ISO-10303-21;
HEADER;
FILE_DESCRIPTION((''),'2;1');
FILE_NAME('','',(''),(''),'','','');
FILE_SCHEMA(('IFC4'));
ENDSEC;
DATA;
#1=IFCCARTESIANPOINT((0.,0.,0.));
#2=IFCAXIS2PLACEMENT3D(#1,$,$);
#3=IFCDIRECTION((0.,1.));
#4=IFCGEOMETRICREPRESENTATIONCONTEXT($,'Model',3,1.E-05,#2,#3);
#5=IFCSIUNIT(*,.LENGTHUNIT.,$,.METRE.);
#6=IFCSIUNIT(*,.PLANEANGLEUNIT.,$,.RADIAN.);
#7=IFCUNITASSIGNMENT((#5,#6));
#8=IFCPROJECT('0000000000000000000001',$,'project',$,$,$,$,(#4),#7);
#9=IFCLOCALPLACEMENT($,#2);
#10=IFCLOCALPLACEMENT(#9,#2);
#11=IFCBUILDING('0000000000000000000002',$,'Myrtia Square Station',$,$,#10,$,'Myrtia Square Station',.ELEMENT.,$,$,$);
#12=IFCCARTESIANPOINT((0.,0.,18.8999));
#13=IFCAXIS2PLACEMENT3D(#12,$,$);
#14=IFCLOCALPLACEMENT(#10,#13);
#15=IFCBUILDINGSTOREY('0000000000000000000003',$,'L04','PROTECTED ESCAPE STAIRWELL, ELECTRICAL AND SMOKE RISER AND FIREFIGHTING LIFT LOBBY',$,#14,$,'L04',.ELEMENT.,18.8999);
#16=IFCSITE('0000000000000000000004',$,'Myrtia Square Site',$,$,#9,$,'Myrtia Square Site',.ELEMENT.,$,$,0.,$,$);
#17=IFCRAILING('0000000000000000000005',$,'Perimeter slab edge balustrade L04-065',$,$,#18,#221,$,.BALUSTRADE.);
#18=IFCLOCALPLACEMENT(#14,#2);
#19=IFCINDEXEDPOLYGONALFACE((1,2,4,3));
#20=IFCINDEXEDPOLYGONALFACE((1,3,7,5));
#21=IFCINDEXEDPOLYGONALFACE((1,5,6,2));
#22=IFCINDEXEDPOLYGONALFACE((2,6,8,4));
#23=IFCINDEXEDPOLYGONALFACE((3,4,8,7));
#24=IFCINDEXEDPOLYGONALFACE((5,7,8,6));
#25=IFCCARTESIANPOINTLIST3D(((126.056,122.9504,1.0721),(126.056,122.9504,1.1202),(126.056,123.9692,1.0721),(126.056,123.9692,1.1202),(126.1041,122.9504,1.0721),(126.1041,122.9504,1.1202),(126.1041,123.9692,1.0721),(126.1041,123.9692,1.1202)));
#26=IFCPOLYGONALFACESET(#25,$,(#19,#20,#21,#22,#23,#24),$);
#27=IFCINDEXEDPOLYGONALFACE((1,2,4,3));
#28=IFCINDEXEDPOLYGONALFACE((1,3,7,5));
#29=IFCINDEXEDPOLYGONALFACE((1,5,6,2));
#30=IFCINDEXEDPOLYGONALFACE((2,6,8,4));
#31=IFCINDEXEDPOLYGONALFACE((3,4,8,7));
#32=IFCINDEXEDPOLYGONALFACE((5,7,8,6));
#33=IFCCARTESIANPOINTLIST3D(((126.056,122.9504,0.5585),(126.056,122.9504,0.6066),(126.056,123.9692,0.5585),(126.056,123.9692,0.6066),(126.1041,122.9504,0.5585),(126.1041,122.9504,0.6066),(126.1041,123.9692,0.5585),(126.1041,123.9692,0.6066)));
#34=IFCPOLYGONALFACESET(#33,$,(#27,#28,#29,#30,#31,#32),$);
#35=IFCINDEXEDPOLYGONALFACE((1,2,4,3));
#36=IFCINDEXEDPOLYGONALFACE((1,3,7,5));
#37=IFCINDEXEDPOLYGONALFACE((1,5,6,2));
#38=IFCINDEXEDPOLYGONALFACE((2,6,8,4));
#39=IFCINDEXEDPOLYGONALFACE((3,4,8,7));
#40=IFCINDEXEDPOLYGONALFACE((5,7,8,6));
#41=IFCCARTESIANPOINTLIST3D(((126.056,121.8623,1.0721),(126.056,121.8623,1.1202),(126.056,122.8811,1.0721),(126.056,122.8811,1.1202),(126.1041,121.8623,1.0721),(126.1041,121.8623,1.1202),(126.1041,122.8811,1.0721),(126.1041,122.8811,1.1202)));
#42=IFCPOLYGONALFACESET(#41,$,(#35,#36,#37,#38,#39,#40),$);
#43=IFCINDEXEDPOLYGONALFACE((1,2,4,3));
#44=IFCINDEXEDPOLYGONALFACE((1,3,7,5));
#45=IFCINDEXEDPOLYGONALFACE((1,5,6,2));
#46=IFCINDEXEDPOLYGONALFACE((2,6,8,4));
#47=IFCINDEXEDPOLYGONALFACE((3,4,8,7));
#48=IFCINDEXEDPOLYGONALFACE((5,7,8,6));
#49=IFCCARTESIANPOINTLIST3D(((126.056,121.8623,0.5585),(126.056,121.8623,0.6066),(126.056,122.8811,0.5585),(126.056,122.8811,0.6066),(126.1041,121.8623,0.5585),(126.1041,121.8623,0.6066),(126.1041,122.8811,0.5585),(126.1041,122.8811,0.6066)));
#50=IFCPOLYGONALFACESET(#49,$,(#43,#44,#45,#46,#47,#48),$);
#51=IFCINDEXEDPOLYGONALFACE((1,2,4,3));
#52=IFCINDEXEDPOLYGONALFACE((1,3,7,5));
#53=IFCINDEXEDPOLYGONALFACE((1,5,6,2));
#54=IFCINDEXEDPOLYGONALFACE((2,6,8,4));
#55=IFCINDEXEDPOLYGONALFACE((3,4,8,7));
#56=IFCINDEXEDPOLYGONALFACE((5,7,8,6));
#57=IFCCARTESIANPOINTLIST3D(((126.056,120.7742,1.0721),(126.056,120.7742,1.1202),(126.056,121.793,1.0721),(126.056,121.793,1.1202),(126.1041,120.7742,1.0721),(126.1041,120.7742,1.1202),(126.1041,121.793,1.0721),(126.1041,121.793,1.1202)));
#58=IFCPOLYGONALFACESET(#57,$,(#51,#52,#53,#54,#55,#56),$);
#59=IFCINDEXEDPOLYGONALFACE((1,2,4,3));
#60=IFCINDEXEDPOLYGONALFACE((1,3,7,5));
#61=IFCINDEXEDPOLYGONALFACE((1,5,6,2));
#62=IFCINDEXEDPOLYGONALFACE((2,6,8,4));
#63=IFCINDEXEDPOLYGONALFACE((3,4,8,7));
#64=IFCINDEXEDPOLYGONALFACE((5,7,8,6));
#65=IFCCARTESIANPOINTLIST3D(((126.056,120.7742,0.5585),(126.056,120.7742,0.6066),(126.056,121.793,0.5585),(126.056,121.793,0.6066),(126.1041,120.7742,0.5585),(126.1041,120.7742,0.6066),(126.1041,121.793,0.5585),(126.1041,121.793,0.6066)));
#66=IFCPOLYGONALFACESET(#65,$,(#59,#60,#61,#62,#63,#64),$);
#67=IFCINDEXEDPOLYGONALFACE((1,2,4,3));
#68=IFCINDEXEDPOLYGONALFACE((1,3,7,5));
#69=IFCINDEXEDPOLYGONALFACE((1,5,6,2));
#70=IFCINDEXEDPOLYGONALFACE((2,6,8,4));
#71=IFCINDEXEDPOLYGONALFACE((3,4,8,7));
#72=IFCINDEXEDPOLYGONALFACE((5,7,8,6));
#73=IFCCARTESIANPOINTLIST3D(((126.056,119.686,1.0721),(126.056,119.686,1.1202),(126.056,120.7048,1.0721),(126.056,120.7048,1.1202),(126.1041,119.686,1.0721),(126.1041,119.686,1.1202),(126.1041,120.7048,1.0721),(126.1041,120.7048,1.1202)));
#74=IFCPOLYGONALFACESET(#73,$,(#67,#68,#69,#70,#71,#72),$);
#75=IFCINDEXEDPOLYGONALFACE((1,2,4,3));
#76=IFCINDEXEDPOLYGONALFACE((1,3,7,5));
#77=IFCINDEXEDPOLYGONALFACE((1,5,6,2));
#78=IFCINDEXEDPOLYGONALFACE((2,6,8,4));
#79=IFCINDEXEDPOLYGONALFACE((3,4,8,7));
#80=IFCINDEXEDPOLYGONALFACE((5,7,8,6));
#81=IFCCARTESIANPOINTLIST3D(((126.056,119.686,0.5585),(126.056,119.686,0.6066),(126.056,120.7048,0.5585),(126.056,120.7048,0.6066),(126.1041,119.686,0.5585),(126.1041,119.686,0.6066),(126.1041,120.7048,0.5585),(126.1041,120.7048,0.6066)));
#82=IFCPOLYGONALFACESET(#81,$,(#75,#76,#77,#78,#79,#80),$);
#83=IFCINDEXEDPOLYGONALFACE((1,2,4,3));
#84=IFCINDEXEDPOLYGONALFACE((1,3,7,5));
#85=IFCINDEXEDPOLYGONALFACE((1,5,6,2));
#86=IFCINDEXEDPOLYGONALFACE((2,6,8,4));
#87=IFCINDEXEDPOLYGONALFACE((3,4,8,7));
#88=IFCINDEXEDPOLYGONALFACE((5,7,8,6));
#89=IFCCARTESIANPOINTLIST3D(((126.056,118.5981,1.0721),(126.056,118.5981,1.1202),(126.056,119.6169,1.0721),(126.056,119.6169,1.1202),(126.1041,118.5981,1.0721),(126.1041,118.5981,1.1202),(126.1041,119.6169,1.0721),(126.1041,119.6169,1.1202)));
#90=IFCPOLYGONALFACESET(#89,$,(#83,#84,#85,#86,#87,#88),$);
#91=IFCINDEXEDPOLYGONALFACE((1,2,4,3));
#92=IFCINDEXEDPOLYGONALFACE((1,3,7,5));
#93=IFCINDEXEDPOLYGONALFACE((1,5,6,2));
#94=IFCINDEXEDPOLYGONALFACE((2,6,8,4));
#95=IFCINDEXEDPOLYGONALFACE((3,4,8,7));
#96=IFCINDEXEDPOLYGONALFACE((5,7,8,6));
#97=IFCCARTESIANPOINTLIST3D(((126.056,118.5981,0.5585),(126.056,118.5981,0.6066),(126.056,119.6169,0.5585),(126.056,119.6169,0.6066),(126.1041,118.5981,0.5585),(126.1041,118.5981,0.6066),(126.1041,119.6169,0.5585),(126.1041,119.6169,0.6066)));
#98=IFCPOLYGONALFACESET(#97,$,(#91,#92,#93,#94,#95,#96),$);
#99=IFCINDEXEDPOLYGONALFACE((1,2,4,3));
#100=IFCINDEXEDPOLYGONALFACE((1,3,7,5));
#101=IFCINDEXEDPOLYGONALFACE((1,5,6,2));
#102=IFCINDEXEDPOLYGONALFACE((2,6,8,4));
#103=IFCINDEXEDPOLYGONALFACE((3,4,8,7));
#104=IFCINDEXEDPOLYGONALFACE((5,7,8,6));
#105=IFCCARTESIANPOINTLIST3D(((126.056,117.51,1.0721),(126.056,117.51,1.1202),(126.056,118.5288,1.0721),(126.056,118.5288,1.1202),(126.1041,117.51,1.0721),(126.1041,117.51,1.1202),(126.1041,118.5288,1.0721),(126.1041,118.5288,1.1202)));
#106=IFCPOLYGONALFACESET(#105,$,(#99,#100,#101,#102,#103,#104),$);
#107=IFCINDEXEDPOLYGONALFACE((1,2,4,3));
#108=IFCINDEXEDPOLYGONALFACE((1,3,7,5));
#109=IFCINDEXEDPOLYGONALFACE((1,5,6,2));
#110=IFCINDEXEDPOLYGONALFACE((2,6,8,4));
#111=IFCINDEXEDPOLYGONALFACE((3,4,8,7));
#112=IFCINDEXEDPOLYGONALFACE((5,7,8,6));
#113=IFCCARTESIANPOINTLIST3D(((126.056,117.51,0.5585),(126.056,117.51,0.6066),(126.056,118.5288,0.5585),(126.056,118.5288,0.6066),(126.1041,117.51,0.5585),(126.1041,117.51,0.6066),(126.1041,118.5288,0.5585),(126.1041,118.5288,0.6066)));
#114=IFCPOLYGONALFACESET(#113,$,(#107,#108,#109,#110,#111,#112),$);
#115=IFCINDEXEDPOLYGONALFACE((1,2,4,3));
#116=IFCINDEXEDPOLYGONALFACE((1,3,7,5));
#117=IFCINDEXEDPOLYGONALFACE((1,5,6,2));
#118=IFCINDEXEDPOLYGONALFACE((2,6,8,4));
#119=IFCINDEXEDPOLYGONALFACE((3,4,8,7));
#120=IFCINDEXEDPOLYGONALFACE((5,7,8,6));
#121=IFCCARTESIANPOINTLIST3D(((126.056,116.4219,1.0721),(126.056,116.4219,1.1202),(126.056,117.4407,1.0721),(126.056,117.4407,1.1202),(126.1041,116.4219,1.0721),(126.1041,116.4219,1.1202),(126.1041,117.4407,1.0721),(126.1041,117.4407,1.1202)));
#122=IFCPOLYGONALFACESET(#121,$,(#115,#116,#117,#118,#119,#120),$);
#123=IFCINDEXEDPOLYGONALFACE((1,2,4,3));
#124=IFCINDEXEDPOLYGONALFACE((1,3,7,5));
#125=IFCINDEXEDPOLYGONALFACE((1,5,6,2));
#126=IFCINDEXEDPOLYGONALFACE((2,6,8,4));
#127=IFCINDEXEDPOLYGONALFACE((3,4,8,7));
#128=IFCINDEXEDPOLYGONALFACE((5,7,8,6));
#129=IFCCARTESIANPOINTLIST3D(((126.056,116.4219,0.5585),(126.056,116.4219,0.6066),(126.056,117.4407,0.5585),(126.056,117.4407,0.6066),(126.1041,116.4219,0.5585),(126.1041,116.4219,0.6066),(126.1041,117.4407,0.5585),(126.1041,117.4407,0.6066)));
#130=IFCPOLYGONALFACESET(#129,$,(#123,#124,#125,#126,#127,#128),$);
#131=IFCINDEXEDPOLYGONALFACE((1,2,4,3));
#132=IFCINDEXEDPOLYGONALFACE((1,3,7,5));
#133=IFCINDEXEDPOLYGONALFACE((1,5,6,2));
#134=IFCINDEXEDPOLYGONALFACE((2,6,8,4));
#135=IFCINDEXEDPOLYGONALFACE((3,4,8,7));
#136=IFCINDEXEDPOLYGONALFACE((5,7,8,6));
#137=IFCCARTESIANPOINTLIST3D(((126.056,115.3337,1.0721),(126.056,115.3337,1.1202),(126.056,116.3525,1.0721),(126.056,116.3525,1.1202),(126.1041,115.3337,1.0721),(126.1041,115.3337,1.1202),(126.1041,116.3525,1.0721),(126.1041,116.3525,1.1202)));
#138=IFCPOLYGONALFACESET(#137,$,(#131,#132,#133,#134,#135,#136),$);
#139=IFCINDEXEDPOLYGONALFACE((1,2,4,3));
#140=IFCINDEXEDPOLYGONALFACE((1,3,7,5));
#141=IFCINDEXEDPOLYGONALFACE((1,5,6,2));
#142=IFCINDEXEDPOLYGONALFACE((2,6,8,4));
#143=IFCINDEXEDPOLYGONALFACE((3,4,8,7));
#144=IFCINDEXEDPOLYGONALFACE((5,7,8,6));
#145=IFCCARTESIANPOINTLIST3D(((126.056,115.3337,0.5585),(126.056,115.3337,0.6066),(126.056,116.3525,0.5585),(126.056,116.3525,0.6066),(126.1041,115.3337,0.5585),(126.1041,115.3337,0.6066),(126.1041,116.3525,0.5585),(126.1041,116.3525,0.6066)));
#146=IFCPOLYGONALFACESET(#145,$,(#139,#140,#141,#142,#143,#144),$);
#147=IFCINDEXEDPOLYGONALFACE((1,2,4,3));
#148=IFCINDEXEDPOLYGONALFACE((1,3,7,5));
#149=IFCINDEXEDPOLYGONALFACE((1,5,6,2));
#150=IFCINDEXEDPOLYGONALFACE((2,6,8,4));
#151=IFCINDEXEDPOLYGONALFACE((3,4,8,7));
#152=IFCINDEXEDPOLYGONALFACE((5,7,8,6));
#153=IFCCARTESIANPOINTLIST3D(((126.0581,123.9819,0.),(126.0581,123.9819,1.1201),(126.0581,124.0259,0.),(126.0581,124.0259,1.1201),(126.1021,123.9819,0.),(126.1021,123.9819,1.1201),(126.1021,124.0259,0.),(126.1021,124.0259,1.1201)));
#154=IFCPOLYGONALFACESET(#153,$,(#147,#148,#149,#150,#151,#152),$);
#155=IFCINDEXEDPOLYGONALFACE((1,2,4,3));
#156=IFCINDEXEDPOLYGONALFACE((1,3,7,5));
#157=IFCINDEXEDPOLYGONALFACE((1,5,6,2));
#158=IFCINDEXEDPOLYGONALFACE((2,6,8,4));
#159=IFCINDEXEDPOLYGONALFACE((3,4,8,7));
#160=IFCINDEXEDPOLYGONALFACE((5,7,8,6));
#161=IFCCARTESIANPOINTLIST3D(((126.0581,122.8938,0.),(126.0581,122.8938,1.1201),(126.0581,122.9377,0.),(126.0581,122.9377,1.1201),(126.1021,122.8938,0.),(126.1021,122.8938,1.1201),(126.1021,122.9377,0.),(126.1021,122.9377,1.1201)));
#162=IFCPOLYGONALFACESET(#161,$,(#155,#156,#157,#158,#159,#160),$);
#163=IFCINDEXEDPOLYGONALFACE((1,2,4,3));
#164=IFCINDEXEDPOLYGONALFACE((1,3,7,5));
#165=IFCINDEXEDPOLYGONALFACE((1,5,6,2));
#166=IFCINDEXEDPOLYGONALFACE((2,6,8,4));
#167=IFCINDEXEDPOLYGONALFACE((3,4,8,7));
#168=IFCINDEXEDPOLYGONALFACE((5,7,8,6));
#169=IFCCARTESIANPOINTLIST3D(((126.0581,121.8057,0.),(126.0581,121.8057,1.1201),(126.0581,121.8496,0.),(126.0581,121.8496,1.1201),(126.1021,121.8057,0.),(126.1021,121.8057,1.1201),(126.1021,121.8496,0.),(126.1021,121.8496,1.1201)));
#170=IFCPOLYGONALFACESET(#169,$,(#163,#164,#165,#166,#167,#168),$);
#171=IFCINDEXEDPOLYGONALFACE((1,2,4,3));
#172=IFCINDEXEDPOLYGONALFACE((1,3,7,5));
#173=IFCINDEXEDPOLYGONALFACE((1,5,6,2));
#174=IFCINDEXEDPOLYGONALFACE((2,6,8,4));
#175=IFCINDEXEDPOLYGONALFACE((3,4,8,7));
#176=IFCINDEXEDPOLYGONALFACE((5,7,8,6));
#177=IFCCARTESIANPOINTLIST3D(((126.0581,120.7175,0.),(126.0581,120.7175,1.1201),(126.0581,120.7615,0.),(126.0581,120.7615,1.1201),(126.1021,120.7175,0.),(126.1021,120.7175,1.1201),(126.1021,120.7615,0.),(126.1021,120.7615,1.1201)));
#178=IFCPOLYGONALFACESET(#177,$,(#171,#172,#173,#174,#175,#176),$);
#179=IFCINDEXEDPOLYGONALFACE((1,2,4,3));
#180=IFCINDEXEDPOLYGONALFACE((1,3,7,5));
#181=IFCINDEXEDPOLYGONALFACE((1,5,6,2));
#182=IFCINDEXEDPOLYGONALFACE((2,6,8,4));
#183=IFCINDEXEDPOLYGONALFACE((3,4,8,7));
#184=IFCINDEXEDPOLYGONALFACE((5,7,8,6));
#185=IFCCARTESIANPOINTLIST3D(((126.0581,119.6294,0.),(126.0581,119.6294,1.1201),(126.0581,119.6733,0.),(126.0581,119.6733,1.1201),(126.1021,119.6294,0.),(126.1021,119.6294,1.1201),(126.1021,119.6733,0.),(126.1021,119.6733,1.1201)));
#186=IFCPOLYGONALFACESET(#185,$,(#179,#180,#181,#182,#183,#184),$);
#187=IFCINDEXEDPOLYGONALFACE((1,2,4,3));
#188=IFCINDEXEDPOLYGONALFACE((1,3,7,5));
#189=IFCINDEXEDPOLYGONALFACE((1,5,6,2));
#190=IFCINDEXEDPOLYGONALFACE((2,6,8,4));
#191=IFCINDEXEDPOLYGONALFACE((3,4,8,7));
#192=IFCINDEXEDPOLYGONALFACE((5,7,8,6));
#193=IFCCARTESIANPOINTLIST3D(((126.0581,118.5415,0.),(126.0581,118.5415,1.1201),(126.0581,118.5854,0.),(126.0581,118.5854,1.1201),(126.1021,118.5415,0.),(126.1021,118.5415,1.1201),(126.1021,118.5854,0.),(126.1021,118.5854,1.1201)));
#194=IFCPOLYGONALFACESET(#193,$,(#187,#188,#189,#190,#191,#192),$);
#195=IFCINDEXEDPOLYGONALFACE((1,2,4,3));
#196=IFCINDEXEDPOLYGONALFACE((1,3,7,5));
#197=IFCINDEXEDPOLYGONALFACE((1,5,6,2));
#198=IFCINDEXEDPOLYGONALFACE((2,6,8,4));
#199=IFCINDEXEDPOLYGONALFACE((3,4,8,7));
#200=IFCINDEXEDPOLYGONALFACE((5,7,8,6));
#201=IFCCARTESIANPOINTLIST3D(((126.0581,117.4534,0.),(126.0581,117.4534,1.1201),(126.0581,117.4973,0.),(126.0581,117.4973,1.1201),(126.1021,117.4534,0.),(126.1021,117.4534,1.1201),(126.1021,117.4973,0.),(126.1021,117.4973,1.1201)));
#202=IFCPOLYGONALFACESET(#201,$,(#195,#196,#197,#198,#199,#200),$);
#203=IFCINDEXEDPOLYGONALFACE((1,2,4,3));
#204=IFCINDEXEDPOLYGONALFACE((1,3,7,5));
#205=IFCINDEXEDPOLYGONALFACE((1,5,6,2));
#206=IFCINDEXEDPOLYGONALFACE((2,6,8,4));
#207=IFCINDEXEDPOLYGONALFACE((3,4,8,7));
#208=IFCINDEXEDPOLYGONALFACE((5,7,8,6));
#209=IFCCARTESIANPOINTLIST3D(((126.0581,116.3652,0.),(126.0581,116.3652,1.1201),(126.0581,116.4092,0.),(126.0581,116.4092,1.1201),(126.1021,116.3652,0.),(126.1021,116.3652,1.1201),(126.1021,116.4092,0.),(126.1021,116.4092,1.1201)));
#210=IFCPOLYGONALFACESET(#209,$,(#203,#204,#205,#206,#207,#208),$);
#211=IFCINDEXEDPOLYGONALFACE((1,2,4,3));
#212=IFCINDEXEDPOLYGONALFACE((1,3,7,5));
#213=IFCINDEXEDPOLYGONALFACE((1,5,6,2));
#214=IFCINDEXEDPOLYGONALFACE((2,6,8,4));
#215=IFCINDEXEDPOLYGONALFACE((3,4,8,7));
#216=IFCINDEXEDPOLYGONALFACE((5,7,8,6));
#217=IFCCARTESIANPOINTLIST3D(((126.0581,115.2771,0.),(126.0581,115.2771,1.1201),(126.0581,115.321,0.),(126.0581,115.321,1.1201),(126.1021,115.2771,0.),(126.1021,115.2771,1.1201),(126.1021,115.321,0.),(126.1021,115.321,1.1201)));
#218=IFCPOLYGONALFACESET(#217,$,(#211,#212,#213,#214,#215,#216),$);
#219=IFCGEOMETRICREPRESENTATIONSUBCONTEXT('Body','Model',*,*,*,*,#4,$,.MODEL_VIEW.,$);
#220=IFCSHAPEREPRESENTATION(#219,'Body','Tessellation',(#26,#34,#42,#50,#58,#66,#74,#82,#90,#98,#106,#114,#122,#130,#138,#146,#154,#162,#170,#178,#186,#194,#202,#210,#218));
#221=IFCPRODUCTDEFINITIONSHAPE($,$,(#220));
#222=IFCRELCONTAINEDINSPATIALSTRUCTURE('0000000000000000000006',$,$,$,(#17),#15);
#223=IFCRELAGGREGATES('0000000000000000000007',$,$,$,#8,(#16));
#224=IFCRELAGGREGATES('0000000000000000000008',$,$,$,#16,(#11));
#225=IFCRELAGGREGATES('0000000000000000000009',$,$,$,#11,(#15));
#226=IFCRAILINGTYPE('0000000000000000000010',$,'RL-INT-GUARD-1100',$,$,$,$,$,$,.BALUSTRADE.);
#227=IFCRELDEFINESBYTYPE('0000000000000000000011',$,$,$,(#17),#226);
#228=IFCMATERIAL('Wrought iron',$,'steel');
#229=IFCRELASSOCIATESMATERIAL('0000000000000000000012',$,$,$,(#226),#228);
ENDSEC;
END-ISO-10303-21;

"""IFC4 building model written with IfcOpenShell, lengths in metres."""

from ifc_helpers import new_model, si_unit, direction, frame, origin, origin_2d, place, context, subcontext, project, spatial, rectangle, extrude, material, type_object, element, save


model = new_model("IFC4")

# Units and contexts
model_context = context("Model", 3, precision=1e-05, world=origin(), true_north=direction((0.0, 1.0)))
body_context = subcontext(model_context, "Body", "Model", "MODEL_VIEW")
ifc_project = project(units=[si_unit("LENGTHUNIT", "METRE"), si_unit("PLANEANGLEUNIT", "RADIAN")], contexts=[model_context])

# Site, building, storey
site_placement = place(None, origin())
site = spatial("IfcSite", under=ifc_project, at=site_placement, Name="Myrtia Square Site", LongName="Myrtia Square Site", CompositionType="ELEMENT", RefElevation=0.0)
building_placement = place(site_placement, origin())
building = spatial("IfcBuilding", under=site, at=building_placement, Name="Myrtia Square Station", LongName="Myrtia Square Station", CompositionType="ELEMENT")
storey_placement = place(building_placement, frame((0.0, 0.0, 18.8999)))
storey = spatial("IfcBuildingStorey", under=building, at=storey_placement, Name="L04", Description="PROTECTED ESCAPE STAIRWELL, ELECTRICAL AND SMOKE RISER AND FIREFIGHTING LIFT LOBBY", LongName="L04", CompositionType="ELEMENT", Elevation=18.8999)

# Railing
ifc_material_1 = material(Name="Wrought iron", Category="steel")
railing_type = type_object("IfcRailingType", Name="RL-INT-GUARD-1100", PredefinedType="BALUSTRADE", material=ifc_material_1)
railing_placement = place(storey_placement, frame((126.0801, 124.0039, 0.0)))
element("IfcRailing", 1, at=railing_placement, inside=storey, type_object=railing_type, Name="Perimeter slab edge balustrade L04-065", PredefinedType="BALUSTRADE", context=body_context, shape_type="SweptSolid", body=[
    extrude(rectangle(XDim=0.0481, YDim=0.0481, at=origin_2d()), frame((0.0, -0.0347, 1.0962), z_axis=(0.0, -1.0, 0.0), x_axis=(1.0, 0.0, 0.0)), (0.0, 0.0, 1.0), 1.0188),
    extrude(rectangle(XDim=0.0481, YDim=0.0481, at=origin_2d()), frame((0.0, -0.0347, 0.5825), z_axis=(0.0, -1.0, 0.0), x_axis=(1.0, 0.0, 0.0)), (0.0, 0.0, 1.0), 1.0188),
    extrude(rectangle(XDim=0.0481, YDim=0.0481, at=origin_2d()), frame((0.0, -1.1228, 1.0962), z_axis=(0.0, -1.0, 0.0), x_axis=(1.0, 0.0, 0.0)), (0.0, 0.0, 1.0), 1.0188),
    extrude(rectangle(XDim=0.0481, YDim=0.0481, at=origin_2d()), frame((0.0, -1.1228, 0.5825), z_axis=(0.0, -1.0, 0.0), x_axis=(1.0, 0.0, 0.0)), (0.0, 0.0, 1.0), 1.0188),
    extrude(rectangle(XDim=0.0481, YDim=0.0481, at=origin_2d()), frame((0.0, -2.2109, 1.0962), z_axis=(0.0, -1.0, 0.0), x_axis=(1.0, 0.0, 0.0)), (0.0, 0.0, 1.0), 1.0188),
    extrude(rectangle(XDim=0.0481, YDim=0.0481, at=origin_2d()), frame((0.0, -2.2109, 0.5825), z_axis=(0.0, -1.0, 0.0), x_axis=(1.0, 0.0, 0.0)), (0.0, 0.0, 1.0), 1.0188),
    extrude(rectangle(XDim=0.0481, YDim=0.0481, at=origin_2d()), frame((0.0, -3.2991, 1.0962), z_axis=(0.0, -1.0, 0.0), x_axis=(1.0, 0.0, 0.0)), (0.0, 0.0, 1.0), 1.0188),
    extrude(rectangle(XDim=0.0481, YDim=0.0481, at=origin_2d()), frame((0.0, -3.2991, 0.5825), z_axis=(0.0, -1.0, 0.0), x_axis=(1.0, 0.0, 0.0)), (0.0, 0.0, 1.0), 1.0188),
    extrude(rectangle(XDim=0.0481, YDim=0.0481, at=origin_2d()), frame((0.0, -4.387, 1.0962), z_axis=(0.0, -1.0, 0.0), x_axis=(1.0, 0.0, 0.0)), (0.0, 0.0, 1.0), 1.0188),
    extrude(rectangle(XDim=0.0481, YDim=0.0481, at=origin_2d()), frame((0.0, -4.387, 0.5825), z_axis=(0.0, -1.0, 0.0), x_axis=(1.0, 0.0, 0.0)), (0.0, 0.0, 1.0), 1.0188),
    extrude(rectangle(XDim=0.0481, YDim=0.0481, at=origin_2d()), frame((0.0, -5.4751, 1.0962), z_axis=(0.0, -1.0, 0.0), x_axis=(1.0, 0.0, 0.0)), (0.0, 0.0, 1.0), 1.0188),
    extrude(rectangle(XDim=0.0481, YDim=0.0481, at=origin_2d()), frame((0.0, -5.4751, 0.5825), z_axis=(0.0, -1.0, 0.0), x_axis=(1.0, 0.0, 0.0)), (0.0, 0.0, 1.0), 1.0188),
    extrude(rectangle(XDim=0.0481, YDim=0.0481, at=origin_2d()), frame((0.0, -6.5632, 1.0962), z_axis=(0.0, -1.0, 0.0), x_axis=(1.0, 0.0, 0.0)), (0.0, 0.0, 1.0), 1.0188),
    extrude(rectangle(XDim=0.0481, YDim=0.0481, at=origin_2d()), frame((0.0, -6.5632, 0.5825), z_axis=(0.0, -1.0, 0.0), x_axis=(1.0, 0.0, 0.0)), (0.0, 0.0, 1.0), 1.0188),
    extrude(rectangle(XDim=0.0481, YDim=0.0481, at=origin_2d()), frame((0.0, -7.6514, 1.0962), z_axis=(0.0, -1.0, 0.0), x_axis=(1.0, 0.0, 0.0)), (0.0, 0.0, 1.0), 1.0188),
    extrude(rectangle(XDim=0.0481, YDim=0.0481, at=origin_2d()), frame((0.0, -7.6514, 0.5825), z_axis=(0.0, -1.0, 0.0), x_axis=(1.0, 0.0, 0.0)), (0.0, 0.0, 1.0), 1.0188),
    extrude(rectangle(XDim=0.0439, YDim=0.0439, at=origin_2d()), origin(), (0.0, 0.0, 1.0), 1.1201),
    extrude(rectangle(XDim=0.0439, YDim=0.0439, at=origin_2d()), frame((0.0, -1.0881, 0.0)), (0.0, 0.0, 1.0), 1.1201),
    extrude(rectangle(XDim=0.0439, YDim=0.0439, at=origin_2d()), frame((0.0, -2.1763, 0.0)), (0.0, 0.0, 1.0), 1.1201),
    extrude(rectangle(XDim=0.0439, YDim=0.0439, at=origin_2d()), frame((0.0, -3.2644, 0.0)), (0.0, 0.0, 1.0), 1.1201),
    extrude(rectangle(XDim=0.0439, YDim=0.0439, at=origin_2d()), frame((0.0, -4.3525, 0.0)), (0.0, 0.0, 1.0), 1.1201),
    extrude(rectangle(XDim=0.0439, YDim=0.0439, at=origin_2d()), frame((0.0, -5.4404, 0.0)), (0.0, 0.0, 1.0), 1.1201),
    extrude(rectangle(XDim=0.0439, YDim=0.0439, at=origin_2d()), frame((0.0, -6.5286, 0.0)), (0.0, 0.0, 1.0), 1.1201),
    extrude(rectangle(XDim=0.0439, YDim=0.0439, at=origin_2d()), frame((0.0, -7.6167, 0.0)), (0.0, 0.0, 1.0), 1.1201),
    extrude(rectangle(XDim=0.0439, YDim=0.0439, at=origin_2d()), frame((0.0, -8.7048, 0.0)), (0.0, 0.0, 1.0), 1.1201),
])

save(model, "model.ifc")
